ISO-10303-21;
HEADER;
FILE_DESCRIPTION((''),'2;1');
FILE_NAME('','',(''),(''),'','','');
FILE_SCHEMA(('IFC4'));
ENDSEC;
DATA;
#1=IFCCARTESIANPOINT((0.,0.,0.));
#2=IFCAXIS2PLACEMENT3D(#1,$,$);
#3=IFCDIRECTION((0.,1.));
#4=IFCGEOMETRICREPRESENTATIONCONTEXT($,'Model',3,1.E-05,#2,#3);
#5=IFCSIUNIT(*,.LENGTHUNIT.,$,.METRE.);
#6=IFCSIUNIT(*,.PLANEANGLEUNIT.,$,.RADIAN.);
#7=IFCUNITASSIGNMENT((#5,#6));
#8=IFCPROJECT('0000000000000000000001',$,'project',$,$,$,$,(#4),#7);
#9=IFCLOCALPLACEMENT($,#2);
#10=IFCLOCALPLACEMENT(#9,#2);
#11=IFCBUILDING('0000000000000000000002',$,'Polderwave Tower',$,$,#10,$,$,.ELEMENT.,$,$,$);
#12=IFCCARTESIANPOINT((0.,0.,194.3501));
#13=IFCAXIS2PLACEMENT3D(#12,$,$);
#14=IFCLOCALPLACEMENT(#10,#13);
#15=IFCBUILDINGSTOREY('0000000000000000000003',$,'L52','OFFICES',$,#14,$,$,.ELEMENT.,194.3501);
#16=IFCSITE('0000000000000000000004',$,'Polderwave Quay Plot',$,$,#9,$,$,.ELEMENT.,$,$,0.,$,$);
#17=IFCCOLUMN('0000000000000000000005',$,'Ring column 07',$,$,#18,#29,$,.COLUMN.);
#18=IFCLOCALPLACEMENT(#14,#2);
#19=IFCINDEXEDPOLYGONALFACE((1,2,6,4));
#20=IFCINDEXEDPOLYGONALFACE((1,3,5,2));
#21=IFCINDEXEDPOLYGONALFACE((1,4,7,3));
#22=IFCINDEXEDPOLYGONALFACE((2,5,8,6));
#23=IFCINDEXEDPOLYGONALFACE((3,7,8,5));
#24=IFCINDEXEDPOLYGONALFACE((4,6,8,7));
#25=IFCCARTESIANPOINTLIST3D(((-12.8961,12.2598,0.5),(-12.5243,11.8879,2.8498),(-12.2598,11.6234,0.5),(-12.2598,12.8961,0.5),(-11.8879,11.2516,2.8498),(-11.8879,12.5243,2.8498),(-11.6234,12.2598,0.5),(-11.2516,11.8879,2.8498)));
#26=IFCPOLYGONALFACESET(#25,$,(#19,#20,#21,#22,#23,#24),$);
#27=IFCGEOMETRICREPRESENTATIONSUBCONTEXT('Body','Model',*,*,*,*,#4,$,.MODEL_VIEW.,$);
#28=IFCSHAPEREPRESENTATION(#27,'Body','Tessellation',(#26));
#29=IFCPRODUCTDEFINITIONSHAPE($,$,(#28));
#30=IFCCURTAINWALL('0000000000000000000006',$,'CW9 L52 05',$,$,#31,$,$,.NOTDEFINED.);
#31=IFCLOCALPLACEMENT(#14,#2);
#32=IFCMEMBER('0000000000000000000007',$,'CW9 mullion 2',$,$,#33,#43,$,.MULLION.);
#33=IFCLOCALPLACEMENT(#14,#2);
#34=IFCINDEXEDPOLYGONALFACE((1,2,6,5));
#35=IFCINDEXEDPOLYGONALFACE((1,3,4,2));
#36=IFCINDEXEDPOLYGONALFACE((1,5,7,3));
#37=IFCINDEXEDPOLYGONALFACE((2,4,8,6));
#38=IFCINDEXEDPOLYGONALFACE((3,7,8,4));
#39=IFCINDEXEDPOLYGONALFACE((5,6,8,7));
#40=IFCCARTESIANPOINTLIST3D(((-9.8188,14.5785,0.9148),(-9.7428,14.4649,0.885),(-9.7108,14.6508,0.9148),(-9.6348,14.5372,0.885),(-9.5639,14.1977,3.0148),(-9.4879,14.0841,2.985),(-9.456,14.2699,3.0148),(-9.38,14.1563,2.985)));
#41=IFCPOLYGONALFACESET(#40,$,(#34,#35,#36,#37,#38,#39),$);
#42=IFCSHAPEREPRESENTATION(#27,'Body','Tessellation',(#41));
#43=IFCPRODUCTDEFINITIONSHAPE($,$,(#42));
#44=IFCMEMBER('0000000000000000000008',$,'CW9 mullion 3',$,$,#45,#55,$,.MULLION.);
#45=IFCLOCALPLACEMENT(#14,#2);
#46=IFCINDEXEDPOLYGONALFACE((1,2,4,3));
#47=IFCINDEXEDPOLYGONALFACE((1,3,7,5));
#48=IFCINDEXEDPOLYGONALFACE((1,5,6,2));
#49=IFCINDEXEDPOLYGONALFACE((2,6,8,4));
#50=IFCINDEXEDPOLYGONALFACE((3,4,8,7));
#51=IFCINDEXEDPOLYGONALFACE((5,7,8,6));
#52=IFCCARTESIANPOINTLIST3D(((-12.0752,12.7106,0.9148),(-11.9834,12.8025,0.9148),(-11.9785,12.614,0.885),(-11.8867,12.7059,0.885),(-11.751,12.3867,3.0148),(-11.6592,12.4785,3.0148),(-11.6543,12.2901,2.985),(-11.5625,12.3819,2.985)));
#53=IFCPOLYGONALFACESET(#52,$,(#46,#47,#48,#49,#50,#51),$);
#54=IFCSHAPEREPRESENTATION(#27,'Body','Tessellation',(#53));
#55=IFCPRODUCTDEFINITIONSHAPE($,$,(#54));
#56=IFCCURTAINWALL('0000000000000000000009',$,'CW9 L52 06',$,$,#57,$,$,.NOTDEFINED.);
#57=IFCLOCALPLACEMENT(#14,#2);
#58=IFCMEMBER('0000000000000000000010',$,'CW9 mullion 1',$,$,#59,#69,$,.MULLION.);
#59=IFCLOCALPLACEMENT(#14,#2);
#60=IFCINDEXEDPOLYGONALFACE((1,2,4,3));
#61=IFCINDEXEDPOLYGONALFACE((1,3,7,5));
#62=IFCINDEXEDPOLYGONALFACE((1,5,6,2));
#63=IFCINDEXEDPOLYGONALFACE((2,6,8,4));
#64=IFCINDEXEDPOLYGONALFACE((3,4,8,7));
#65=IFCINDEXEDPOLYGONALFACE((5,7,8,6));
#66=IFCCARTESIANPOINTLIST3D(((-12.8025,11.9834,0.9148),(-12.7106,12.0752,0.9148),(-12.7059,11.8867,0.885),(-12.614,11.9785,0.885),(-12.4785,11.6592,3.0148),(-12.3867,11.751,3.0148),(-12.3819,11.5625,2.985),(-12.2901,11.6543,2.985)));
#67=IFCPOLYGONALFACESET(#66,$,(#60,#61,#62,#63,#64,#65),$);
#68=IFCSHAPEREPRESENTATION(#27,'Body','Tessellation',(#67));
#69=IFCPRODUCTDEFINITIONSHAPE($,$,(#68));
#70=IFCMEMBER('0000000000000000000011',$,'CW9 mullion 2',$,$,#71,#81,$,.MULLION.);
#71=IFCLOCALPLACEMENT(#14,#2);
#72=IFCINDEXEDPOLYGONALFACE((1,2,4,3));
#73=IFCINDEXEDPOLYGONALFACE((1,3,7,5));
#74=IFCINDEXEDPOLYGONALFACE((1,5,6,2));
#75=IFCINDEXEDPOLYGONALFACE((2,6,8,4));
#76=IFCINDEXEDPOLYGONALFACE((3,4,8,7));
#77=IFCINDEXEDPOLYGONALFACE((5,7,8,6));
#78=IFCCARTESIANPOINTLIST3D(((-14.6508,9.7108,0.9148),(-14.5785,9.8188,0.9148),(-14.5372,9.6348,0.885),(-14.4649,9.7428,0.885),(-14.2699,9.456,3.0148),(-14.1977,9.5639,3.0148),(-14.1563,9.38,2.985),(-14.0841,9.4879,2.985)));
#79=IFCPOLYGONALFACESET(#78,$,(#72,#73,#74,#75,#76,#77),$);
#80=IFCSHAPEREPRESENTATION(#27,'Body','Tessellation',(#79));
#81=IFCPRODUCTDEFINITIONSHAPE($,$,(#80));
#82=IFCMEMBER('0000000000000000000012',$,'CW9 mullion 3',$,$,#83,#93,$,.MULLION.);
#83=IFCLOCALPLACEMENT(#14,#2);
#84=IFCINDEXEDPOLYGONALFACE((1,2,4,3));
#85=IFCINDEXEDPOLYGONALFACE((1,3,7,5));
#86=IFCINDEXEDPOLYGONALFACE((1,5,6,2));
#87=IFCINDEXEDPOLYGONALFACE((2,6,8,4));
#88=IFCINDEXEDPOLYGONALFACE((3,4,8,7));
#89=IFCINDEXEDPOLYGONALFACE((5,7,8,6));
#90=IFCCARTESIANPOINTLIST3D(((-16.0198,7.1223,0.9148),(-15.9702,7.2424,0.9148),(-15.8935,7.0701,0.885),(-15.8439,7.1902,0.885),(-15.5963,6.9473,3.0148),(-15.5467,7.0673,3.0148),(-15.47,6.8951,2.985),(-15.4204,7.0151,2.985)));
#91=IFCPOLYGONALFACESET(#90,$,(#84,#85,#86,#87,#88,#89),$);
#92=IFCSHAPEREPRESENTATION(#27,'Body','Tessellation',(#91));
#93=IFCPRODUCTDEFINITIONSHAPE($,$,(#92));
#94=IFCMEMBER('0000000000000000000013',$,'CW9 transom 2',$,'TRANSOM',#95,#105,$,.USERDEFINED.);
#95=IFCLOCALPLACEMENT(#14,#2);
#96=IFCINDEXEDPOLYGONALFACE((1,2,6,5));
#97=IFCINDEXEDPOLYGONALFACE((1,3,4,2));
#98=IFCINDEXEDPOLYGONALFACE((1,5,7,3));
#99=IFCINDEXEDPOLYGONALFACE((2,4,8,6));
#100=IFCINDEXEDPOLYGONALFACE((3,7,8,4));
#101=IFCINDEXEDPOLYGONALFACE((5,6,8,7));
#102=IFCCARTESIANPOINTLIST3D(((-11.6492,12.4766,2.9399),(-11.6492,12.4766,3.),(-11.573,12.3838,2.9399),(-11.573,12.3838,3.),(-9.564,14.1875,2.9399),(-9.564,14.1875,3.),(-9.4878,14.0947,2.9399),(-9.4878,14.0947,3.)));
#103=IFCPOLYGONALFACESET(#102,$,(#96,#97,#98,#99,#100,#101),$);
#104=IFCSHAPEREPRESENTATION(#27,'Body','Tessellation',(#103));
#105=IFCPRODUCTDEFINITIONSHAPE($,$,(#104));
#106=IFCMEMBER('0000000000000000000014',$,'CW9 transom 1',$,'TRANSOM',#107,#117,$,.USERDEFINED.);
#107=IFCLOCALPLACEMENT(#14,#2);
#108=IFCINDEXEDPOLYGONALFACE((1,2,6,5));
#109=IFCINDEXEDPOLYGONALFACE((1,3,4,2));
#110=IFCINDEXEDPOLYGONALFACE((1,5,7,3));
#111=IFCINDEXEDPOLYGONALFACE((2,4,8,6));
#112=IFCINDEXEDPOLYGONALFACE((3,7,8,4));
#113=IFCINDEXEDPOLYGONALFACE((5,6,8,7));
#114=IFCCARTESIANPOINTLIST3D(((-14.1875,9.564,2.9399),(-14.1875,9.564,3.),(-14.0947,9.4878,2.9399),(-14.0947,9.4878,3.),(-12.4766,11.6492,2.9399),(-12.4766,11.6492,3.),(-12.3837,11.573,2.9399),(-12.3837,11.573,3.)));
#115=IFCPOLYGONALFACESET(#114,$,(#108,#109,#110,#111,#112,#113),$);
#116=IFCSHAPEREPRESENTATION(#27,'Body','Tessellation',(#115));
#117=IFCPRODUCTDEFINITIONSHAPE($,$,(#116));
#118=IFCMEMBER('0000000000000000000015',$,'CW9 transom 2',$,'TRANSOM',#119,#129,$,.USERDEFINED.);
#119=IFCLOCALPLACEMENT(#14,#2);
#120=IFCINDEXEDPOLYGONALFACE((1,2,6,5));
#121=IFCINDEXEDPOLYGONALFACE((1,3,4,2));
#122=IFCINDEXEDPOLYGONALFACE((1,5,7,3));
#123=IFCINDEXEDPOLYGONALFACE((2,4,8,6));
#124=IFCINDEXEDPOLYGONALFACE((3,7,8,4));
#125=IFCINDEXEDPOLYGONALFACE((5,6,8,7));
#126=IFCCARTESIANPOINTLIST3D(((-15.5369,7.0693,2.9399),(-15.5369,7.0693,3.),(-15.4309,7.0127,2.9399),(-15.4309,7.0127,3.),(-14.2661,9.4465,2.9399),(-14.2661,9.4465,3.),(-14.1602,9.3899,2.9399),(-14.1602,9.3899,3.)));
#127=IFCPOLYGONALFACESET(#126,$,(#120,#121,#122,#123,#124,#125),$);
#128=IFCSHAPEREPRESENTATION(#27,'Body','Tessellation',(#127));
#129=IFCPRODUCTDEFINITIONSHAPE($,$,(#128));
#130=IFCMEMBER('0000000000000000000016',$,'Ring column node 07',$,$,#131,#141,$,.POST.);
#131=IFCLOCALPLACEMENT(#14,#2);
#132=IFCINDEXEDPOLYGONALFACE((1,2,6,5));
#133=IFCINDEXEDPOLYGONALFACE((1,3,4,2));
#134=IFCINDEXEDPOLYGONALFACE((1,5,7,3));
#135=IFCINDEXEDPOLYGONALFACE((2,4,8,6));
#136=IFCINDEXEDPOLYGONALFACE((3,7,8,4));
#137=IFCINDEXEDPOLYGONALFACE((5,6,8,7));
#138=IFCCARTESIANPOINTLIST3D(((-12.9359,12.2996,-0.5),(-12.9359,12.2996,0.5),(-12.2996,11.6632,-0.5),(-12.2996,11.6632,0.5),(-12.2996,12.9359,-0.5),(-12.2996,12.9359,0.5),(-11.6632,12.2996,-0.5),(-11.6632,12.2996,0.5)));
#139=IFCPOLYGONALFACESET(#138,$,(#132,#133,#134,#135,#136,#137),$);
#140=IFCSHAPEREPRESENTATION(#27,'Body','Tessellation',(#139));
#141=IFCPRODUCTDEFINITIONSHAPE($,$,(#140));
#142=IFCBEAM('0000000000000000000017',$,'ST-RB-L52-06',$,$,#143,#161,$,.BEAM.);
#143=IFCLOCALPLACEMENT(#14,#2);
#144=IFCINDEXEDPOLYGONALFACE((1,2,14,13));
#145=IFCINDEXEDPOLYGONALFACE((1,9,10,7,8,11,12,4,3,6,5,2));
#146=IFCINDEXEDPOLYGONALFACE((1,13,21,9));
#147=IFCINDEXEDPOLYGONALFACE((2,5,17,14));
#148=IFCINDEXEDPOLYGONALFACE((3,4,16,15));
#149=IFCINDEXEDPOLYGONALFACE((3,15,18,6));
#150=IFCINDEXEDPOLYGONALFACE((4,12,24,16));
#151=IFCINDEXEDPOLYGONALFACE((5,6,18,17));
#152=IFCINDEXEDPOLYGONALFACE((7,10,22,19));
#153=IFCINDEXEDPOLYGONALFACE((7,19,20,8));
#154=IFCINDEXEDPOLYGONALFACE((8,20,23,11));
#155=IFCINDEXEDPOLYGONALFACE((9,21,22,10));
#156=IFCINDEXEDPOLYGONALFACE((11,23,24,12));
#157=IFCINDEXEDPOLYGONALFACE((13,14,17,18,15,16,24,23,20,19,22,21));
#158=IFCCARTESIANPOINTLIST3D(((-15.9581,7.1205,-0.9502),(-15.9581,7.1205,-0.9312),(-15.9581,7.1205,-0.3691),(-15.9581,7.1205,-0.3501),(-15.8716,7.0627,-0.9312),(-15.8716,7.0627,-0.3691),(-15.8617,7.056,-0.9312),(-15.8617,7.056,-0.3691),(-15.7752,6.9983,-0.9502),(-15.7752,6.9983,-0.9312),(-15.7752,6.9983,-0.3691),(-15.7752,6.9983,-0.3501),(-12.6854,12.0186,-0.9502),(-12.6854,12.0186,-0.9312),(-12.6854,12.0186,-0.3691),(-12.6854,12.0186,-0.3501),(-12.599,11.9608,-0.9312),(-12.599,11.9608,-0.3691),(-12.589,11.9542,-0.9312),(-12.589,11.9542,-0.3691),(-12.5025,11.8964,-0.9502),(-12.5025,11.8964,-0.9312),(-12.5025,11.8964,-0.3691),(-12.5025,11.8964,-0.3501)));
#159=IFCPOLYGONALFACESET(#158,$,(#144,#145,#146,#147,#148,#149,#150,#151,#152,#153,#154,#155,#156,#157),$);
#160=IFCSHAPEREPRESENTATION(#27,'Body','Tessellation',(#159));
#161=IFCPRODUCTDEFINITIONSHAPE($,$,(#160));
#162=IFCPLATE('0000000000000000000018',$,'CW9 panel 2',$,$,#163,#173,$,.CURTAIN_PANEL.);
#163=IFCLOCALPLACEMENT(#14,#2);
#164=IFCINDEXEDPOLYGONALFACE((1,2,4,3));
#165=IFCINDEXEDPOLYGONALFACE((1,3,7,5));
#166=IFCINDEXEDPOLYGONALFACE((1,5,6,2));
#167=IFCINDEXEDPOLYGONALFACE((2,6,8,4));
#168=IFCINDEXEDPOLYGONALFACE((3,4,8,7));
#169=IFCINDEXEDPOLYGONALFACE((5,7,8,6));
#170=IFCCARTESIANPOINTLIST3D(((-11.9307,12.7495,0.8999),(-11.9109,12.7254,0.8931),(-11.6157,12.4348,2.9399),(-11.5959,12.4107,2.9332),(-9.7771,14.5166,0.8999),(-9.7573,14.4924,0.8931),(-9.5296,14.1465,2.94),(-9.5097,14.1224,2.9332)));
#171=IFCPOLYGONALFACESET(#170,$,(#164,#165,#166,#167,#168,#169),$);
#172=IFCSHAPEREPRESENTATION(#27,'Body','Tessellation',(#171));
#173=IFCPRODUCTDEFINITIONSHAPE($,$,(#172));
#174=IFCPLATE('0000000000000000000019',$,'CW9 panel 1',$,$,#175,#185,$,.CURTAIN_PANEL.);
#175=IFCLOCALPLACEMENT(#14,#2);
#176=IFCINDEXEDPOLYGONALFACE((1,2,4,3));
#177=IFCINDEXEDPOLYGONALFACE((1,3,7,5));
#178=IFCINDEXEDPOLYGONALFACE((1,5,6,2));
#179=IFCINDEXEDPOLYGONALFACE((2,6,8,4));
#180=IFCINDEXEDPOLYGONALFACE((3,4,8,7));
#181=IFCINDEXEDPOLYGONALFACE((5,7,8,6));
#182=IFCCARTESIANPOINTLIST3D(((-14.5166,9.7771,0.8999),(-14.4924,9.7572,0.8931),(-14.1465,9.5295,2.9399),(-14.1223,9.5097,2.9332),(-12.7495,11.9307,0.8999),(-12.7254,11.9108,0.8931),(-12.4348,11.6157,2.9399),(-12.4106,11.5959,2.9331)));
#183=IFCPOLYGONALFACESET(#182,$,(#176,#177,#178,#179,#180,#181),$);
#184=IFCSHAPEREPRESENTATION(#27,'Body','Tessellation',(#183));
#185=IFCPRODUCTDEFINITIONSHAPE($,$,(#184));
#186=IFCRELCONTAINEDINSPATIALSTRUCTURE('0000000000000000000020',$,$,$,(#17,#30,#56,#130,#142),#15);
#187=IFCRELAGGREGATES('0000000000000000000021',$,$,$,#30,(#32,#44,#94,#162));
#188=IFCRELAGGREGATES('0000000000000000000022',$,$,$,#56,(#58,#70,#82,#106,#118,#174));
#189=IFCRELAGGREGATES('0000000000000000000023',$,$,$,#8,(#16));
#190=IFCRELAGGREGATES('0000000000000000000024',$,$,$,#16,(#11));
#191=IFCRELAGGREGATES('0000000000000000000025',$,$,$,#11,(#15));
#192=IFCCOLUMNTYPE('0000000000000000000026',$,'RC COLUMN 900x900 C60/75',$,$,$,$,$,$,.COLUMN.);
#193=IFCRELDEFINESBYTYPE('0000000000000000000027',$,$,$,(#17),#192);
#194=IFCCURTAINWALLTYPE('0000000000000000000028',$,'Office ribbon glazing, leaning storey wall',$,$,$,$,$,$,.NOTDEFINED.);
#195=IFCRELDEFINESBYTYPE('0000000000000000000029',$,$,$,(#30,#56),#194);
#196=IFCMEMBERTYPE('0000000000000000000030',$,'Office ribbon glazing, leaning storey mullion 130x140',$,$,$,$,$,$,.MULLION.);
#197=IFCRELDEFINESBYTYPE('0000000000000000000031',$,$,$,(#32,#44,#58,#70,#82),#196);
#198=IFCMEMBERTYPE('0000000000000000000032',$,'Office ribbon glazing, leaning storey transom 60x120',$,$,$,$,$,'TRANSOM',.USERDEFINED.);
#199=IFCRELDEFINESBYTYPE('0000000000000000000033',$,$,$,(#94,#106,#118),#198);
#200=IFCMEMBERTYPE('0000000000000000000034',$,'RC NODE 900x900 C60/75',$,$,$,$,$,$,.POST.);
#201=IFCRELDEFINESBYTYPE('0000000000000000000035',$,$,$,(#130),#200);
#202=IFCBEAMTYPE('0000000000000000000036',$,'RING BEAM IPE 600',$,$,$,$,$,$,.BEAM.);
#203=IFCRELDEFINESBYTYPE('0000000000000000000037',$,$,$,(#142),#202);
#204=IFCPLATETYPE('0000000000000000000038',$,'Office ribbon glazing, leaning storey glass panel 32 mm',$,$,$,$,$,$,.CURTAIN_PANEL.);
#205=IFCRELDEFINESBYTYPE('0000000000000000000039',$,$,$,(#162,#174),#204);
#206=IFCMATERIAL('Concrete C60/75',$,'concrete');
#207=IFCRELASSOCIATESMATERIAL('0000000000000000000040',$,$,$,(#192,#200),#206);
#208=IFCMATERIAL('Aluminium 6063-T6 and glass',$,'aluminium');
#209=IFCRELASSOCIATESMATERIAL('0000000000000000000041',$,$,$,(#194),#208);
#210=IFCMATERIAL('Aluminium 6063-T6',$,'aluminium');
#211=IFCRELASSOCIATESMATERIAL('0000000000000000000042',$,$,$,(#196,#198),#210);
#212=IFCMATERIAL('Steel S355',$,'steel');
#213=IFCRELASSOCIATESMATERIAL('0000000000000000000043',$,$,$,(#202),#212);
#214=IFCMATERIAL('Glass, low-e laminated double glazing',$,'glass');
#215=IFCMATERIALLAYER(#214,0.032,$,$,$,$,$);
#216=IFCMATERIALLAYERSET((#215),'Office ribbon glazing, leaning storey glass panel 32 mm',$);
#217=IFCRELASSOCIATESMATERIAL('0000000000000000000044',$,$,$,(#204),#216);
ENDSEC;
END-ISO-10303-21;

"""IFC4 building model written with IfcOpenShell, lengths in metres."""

from ifc_helpers import new_model, si_unit, direction, frame, origin, origin_2d, place, context, subcontext, project, spatial, polyline, rectangle, i_section, outline, extrude, material, layer, layer_set, material_profile, profile_set, type_object, element, aggregate, save


model = new_model("IFC4")

# Units and contexts
model_context = context("Model", 3, precision=1e-05, world=origin(), true_north=direction((0.0, 1.0)))
body_context = subcontext(model_context, "Body", "Model", "MODEL_VIEW")
ifc_project = project(units=[si_unit("LENGTHUNIT", "METRE"), si_unit("PLANEANGLEUNIT", "RADIAN")], contexts=[model_context])

# Site, building, storey
site_placement = place(None, origin())
site = spatial("IfcSite", under=ifc_project, at=site_placement, Name="Polderwave Quay Plot", CompositionType="ELEMENT", RefElevation=0.0)
building_placement = place(site_placement, origin())
building = spatial("IfcBuilding", under=site, at=building_placement, Name="Polderwave Tower", CompositionType="ELEMENT")
storey_placement = place(building_placement, frame((0.0, 0.0, 194.3501)))
storey = spatial("IfcBuildingStorey", under=building, at=storey_placement, Name="L52", Description="OFFICES", CompositionType="ELEMENT", Elevation=194.3501)

# Column
ifc_material_1 = material(Name="Concrete C60/75", Category="concrete")
ifc_material_profile_1 = material_profile(ifc_material_1, rectangle(XDim=0.8999, YDim=0.8999, at=origin_2d()), Name="RC 900x900")
ifc_profile_set_1 = profile_set([ifc_material_profile_1], Name="Concrete C60/75")
column_type = type_object("IfcColumnType", Name="RC COLUMN 900x900 C60/75", PredefinedType="COLUMN", material=ifc_profile_set_1)
column_placement = place(storey_placement, frame((-12.2598, 12.2598, 0.5), z_axis=(0.0, 0.0, 1.0), x_axis=(0.707107, 0.707107, 0.0)))
element("IfcColumn", 1, at=column_placement, inside=storey, type_object=column_type, Name="Ring column 07", PredefinedType="COLUMN", context=body_context, shape_type="SweptSolid", body=[
    extrude(rectangle(XDim=0.8999, YDim=0.8999, at=origin_2d()), origin(), (0.0, -0.218375, 0.975865), 2.408),
])

# Curtain walls, members
ifc_material_2 = material(Name="Aluminium 6063-T6 and glass", Category="aluminium")
curtain_wall_type = type_object("IfcCurtainWallType", Name="Office ribbon glazing, leaning storey wall", PredefinedType="NOTDEFINED", material=ifc_material_2)
curtain_wall_1_placement = place(storey_placement, origin())
curtain_wall_1 = element("IfcCurtainWall", 2, at=curtain_wall_1_placement, inside=storey, type_object=curtain_wall_type, Name="CW9 L52 05", PredefinedType="NOTDEFINED")
ifc_material_3 = material(Name="Aluminium 6063-T6", Category="aluminium")
ifc_material_profile_2 = material_profile(ifc_material_3, rectangle(XDim=0.1299, YDim=0.1399, at=origin_2d()), Name="AL 130x140")
ifc_profile_set_2 = profile_set([ifc_material_profile_2], Name="Aluminium 6063-T6")
member_type_1 = type_object("IfcMemberType", Name="Office ribbon glazing, leaning storey mullion 130x140", PredefinedType="MULLION", material=ifc_profile_set_2)
member_1_placement = place(storey_placement, frame((-9.7268, 14.5579, 0.8999), z_axis=(0.118577, -0.177184, 0.977008), x_axis=(0.831065, 0.556175, 0.0)))
member_1 = element("IfcMember", 3, at=member_1_placement, type_object=member_type_1, Name="CW9 mullion 2", PredefinedType="MULLION", context=body_context, shape_type="SweptSolid", body=[
    extrude(rectangle(XDim=0.1299, YDim=0.1399, at=origin_2d()), origin(), (0.0, 0.0, 1.0), 2.1494),
])
member_2_placement = place(storey_placement, frame((-11.981, 12.7083, 0.8999), z_axis=(0.150832, -0.150719, 0.977002), x_axis=(0.70684, 0.707373, 0.0)))
member_2 = element("IfcMember", 4, at=member_2_placement, type_object=member_type_1, Name="CW9 mullion 3", PredefinedType="MULLION", context=body_context, shape_type="SweptSolid", body=[
    extrude(rectangle(XDim=0.1299, YDim=0.1399, at=origin_2d()), origin(), (0.0, 0.0, 1.0), 2.1494),
])
curtain_wall_2_placement = place(storey_placement, origin())
curtain_wall_2 = element("IfcCurtainWall", 5, at=curtain_wall_2_placement, inside=storey, type_object=curtain_wall_type, Name="CW9 L52 06", PredefinedType="NOTDEFINED")
member_3_placement = place(storey_placement, frame((-12.7083, 11.981, 0.8999), z_axis=(0.150719, -0.150832, 0.977002), x_axis=(0.707373, 0.70684, 0.0)))
member_3 = element("IfcMember", 6, at=member_3_placement, type_object=member_type_1, Name="CW9 mullion 1", PredefinedType="MULLION", context=body_context, shape_type="SweptSolid", body=[
    extrude(rectangle(XDim=0.1299, YDim=0.1399, at=origin_2d()), origin(), (0.0, 0.0, 1.0), 2.1494),
])
member_4_placement = place(storey_placement, frame((-14.5579, 9.7268, 0.8999), z_axis=(0.177184, -0.118577, 0.977008), x_axis=(0.556175, 0.831065, 0.0)))
member_4 = element("IfcMember", 7, at=member_4_placement, type_object=member_type_1, Name="CW9 mullion 2", PredefinedType="MULLION", context=body_context, shape_type="SweptSolid", body=[
    extrude(rectangle(XDim=0.1299, YDim=0.1399, at=origin_2d()), origin(), (0.0, 0.0, 1.0), 2.1494),
])
member_5_placement = place(storey_placement, frame((-15.9319, 7.1562, 0.8999), z_axis=(0.197059, -0.081436, 0.977004), x_axis=(0.381928, 0.924192, 0.0)))
member_5 = element("IfcMember", 8, at=member_5_placement, type_object=member_type_1, Name="CW9 mullion 3", PredefinedType="MULLION", context=body_context, shape_type="SweptSolid", body=[
    extrude(rectangle(XDim=0.1299, YDim=0.1399, at=origin_2d()), origin(), (0.0, 0.0, 1.0), 2.1494),
])

# Members
ifc_material_profile_3 = material_profile(ifc_material_3, rectangle(XDim=0.1201, YDim=0.0601, at=origin_2d()), Name="AL 60x120")
ifc_profile_set_3 = profile_set([ifc_material_profile_3], Name="Aluminium 6063-T6")
member_type_2 = type_object("IfcMemberType", Name="Office ribbon glazing, leaning storey transom 60x120", ElementType="TRANSOM", PredefinedType="USERDEFINED", material=ifc_profile_set_3)
member_6_placement = place(storey_placement, frame((-9.5259, 14.1411, 2.97), z_axis=(-0.773073, -0.634317, 0.0), x_axis=(0.634317, -0.773073, 0.0)))
member_6 = element("IfcMember", 9, at=member_6_placement, type_object=member_type_2, Name="CW9 transom 2", ObjectType="TRANSOM", PredefinedType="USERDEFINED", context=body_context, shape_type="SweptSolid", body=[
    extrude(rectangle(XDim=0.1201, YDim=0.0601, at=origin_2d()), origin(), (0.0, 0.0, 1.0), 2.6973),
])
member_7_placement = place(storey_placement, frame((-12.4302, 11.6111, 2.97), z_axis=(-0.634317, -0.773073, 0.0), x_axis=(0.773073, -0.634317, 0.0)))
member_7 = element("IfcMember", 10, at=member_7_placement, type_object=member_type_2, Name="CW9 transom 1", ObjectType="TRANSOM", PredefinedType="USERDEFINED", context=body_context, shape_type="SweptSolid", body=[
    extrude(rectangle(XDim=0.1201, YDim=0.0601, at=origin_2d()), origin(), (0.0, 0.0, 1.0), 2.6973),
])
member_8_placement = place(storey_placement, frame((-14.2131, 9.4182, 2.97), z_axis=(-0.471429, -0.881904, 0.0), x_axis=(0.881904, -0.471429, 0.0)))
member_8 = element("IfcMember", 11, at=member_8_placement, type_object=member_type_2, Name="CW9 transom 2", ObjectType="TRANSOM", PredefinedType="USERDEFINED", context=body_context, shape_type="SweptSolid", body=[
    extrude(rectangle(XDim=0.1201, YDim=0.0601, at=origin_2d()), origin(), (0.0, 0.0, 1.0), 2.6956),
])
ifc_material_profile_4 = material_profile(ifc_material_1, rectangle(XDim=0.8999, YDim=0.8999, at=origin_2d()), Name="RC 900x900")
ifc_profile_set_4 = profile_set([ifc_material_profile_4], Name="Concrete C60/75")
member_type_3 = type_object("IfcMemberType", Name="RC NODE 900x900 C60/75", PredefinedType="POST", material=ifc_profile_set_4)
member_9_placement = place(storey_placement, frame((-12.2996, 12.2996, -0.5), z_axis=(0.0, 0.0, 1.0), x_axis=(-0.707107, 0.707107, 0.0)))
element("IfcMember", 12, at=member_9_placement, inside=storey, type_object=member_type_3, Name="Ring column node 07", PredefinedType="POST", context=body_context, shape_type="SweptSolid", body=[
    extrude(rectangle(XDim=0.8999, YDim=0.8999, at=origin_2d()), origin(), (0.0, 0.0, 1.0), 1.0),
])

# Beam
ifc_material_4 = material(Name="Steel S355", Category="steel")
ifc_material_profile_5 = material_profile(ifc_material_4, i_section(OverallWidth=0.22, OverallDepth=0.6001, WebThickness=0.012, FlangeThickness=0.019, at=origin_2d()), Name="IPE 600")
ifc_profile_set_5 = profile_set([ifc_material_profile_5], Name="Steel S355")
beam_type = type_object("IfcBeamType", Name="RING BEAM IPE 600", PredefinedType="BEAM", material=ifc_profile_set_5)
beam_placement = place(storey_placement, frame((-12.594, 11.9575, -0.6501), z_axis=(-0.555551, -0.831482, 0.0), x_axis=(0.831482, -0.555551, 0.0)))
element("IfcBeam", 13, at=beam_placement, inside=storey, type_object=beam_type, Name="ST-RB-L52-06", PredefinedType="BEAM", context=body_context, shape_type="SweptSolid", body=[
    extrude(i_section(OverallWidth=0.22, OverallDepth=0.6001, WebThickness=0.012, FlangeThickness=0.019, at=origin_2d()), origin(), (0.0, 0.0, 1.0), 5.8909),
])

# Plates
ifc_material_5 = material(Name="Glass, low-e laminated double glazing", Category="glass")
ifc_layer_1 = layer(ifc_material_5, 0.032)
ifc_layer_set_1 = layer_set([ifc_layer_1], Name="Office ribbon glazing, leaning storey glass panel 32 mm")
plate_type = type_object("IfcPlateType", Name="Office ribbon glazing, leaning storey glass panel 32 mm", PredefinedType="CURTAIN_PANEL", material=ifc_layer_set_1)
plate_1_placement = place(storey_placement, frame((-9.7771, 14.5166, 0.8999), z_axis=(-0.619862, 0.755459, 0.212256), x_axis=(-0.773073, -0.634317, 0.000004)))
plate_1 = element("IfcPlate", 14, at=plate_1_placement, type_object=plate_type, Name="CW9 panel 2", PredefinedType="CURTAIN_PANEL", context=body_context, shape_type="SweptSolid", body=[
    extrude(outline(polyline([(0.0, 0.0), (2.7858, 0.0), (2.7419, 2.0876), (0.0434, 2.0876), (0.0, 0.0)])), origin(), (0.0, 0.0, -1.0), 0.032),
])
aggregate(curtain_wall_1, [member_1, member_2, member_6, plate_1])
plate_2_placement = place(storey_placement, frame((-12.7495, 11.9307, 0.8999), z_axis=(-0.755459, 0.619862, 0.212256), x_axis=(-0.634317, -0.773073, -0.000004)))
plate_2 = element("IfcPlate", 15, at=plate_2_placement, type_object=plate_type, Name="CW9 panel 1", PredefinedType="CURTAIN_PANEL", context=body_context, shape_type="SweptSolid", body=[
    extrude(outline(polyline([(0.0, 0.0), (2.7858, 0.0), (2.7424, 2.0876), (0.0438, 2.0876), (0.0, 0.0)])), origin(), (0.0, 0.0, -1.0), 0.032),
])
aggregate(curtain_wall_2, [member_3, member_4, member_5, member_7, member_8, plate_2])

save(model, "model.ifc")
